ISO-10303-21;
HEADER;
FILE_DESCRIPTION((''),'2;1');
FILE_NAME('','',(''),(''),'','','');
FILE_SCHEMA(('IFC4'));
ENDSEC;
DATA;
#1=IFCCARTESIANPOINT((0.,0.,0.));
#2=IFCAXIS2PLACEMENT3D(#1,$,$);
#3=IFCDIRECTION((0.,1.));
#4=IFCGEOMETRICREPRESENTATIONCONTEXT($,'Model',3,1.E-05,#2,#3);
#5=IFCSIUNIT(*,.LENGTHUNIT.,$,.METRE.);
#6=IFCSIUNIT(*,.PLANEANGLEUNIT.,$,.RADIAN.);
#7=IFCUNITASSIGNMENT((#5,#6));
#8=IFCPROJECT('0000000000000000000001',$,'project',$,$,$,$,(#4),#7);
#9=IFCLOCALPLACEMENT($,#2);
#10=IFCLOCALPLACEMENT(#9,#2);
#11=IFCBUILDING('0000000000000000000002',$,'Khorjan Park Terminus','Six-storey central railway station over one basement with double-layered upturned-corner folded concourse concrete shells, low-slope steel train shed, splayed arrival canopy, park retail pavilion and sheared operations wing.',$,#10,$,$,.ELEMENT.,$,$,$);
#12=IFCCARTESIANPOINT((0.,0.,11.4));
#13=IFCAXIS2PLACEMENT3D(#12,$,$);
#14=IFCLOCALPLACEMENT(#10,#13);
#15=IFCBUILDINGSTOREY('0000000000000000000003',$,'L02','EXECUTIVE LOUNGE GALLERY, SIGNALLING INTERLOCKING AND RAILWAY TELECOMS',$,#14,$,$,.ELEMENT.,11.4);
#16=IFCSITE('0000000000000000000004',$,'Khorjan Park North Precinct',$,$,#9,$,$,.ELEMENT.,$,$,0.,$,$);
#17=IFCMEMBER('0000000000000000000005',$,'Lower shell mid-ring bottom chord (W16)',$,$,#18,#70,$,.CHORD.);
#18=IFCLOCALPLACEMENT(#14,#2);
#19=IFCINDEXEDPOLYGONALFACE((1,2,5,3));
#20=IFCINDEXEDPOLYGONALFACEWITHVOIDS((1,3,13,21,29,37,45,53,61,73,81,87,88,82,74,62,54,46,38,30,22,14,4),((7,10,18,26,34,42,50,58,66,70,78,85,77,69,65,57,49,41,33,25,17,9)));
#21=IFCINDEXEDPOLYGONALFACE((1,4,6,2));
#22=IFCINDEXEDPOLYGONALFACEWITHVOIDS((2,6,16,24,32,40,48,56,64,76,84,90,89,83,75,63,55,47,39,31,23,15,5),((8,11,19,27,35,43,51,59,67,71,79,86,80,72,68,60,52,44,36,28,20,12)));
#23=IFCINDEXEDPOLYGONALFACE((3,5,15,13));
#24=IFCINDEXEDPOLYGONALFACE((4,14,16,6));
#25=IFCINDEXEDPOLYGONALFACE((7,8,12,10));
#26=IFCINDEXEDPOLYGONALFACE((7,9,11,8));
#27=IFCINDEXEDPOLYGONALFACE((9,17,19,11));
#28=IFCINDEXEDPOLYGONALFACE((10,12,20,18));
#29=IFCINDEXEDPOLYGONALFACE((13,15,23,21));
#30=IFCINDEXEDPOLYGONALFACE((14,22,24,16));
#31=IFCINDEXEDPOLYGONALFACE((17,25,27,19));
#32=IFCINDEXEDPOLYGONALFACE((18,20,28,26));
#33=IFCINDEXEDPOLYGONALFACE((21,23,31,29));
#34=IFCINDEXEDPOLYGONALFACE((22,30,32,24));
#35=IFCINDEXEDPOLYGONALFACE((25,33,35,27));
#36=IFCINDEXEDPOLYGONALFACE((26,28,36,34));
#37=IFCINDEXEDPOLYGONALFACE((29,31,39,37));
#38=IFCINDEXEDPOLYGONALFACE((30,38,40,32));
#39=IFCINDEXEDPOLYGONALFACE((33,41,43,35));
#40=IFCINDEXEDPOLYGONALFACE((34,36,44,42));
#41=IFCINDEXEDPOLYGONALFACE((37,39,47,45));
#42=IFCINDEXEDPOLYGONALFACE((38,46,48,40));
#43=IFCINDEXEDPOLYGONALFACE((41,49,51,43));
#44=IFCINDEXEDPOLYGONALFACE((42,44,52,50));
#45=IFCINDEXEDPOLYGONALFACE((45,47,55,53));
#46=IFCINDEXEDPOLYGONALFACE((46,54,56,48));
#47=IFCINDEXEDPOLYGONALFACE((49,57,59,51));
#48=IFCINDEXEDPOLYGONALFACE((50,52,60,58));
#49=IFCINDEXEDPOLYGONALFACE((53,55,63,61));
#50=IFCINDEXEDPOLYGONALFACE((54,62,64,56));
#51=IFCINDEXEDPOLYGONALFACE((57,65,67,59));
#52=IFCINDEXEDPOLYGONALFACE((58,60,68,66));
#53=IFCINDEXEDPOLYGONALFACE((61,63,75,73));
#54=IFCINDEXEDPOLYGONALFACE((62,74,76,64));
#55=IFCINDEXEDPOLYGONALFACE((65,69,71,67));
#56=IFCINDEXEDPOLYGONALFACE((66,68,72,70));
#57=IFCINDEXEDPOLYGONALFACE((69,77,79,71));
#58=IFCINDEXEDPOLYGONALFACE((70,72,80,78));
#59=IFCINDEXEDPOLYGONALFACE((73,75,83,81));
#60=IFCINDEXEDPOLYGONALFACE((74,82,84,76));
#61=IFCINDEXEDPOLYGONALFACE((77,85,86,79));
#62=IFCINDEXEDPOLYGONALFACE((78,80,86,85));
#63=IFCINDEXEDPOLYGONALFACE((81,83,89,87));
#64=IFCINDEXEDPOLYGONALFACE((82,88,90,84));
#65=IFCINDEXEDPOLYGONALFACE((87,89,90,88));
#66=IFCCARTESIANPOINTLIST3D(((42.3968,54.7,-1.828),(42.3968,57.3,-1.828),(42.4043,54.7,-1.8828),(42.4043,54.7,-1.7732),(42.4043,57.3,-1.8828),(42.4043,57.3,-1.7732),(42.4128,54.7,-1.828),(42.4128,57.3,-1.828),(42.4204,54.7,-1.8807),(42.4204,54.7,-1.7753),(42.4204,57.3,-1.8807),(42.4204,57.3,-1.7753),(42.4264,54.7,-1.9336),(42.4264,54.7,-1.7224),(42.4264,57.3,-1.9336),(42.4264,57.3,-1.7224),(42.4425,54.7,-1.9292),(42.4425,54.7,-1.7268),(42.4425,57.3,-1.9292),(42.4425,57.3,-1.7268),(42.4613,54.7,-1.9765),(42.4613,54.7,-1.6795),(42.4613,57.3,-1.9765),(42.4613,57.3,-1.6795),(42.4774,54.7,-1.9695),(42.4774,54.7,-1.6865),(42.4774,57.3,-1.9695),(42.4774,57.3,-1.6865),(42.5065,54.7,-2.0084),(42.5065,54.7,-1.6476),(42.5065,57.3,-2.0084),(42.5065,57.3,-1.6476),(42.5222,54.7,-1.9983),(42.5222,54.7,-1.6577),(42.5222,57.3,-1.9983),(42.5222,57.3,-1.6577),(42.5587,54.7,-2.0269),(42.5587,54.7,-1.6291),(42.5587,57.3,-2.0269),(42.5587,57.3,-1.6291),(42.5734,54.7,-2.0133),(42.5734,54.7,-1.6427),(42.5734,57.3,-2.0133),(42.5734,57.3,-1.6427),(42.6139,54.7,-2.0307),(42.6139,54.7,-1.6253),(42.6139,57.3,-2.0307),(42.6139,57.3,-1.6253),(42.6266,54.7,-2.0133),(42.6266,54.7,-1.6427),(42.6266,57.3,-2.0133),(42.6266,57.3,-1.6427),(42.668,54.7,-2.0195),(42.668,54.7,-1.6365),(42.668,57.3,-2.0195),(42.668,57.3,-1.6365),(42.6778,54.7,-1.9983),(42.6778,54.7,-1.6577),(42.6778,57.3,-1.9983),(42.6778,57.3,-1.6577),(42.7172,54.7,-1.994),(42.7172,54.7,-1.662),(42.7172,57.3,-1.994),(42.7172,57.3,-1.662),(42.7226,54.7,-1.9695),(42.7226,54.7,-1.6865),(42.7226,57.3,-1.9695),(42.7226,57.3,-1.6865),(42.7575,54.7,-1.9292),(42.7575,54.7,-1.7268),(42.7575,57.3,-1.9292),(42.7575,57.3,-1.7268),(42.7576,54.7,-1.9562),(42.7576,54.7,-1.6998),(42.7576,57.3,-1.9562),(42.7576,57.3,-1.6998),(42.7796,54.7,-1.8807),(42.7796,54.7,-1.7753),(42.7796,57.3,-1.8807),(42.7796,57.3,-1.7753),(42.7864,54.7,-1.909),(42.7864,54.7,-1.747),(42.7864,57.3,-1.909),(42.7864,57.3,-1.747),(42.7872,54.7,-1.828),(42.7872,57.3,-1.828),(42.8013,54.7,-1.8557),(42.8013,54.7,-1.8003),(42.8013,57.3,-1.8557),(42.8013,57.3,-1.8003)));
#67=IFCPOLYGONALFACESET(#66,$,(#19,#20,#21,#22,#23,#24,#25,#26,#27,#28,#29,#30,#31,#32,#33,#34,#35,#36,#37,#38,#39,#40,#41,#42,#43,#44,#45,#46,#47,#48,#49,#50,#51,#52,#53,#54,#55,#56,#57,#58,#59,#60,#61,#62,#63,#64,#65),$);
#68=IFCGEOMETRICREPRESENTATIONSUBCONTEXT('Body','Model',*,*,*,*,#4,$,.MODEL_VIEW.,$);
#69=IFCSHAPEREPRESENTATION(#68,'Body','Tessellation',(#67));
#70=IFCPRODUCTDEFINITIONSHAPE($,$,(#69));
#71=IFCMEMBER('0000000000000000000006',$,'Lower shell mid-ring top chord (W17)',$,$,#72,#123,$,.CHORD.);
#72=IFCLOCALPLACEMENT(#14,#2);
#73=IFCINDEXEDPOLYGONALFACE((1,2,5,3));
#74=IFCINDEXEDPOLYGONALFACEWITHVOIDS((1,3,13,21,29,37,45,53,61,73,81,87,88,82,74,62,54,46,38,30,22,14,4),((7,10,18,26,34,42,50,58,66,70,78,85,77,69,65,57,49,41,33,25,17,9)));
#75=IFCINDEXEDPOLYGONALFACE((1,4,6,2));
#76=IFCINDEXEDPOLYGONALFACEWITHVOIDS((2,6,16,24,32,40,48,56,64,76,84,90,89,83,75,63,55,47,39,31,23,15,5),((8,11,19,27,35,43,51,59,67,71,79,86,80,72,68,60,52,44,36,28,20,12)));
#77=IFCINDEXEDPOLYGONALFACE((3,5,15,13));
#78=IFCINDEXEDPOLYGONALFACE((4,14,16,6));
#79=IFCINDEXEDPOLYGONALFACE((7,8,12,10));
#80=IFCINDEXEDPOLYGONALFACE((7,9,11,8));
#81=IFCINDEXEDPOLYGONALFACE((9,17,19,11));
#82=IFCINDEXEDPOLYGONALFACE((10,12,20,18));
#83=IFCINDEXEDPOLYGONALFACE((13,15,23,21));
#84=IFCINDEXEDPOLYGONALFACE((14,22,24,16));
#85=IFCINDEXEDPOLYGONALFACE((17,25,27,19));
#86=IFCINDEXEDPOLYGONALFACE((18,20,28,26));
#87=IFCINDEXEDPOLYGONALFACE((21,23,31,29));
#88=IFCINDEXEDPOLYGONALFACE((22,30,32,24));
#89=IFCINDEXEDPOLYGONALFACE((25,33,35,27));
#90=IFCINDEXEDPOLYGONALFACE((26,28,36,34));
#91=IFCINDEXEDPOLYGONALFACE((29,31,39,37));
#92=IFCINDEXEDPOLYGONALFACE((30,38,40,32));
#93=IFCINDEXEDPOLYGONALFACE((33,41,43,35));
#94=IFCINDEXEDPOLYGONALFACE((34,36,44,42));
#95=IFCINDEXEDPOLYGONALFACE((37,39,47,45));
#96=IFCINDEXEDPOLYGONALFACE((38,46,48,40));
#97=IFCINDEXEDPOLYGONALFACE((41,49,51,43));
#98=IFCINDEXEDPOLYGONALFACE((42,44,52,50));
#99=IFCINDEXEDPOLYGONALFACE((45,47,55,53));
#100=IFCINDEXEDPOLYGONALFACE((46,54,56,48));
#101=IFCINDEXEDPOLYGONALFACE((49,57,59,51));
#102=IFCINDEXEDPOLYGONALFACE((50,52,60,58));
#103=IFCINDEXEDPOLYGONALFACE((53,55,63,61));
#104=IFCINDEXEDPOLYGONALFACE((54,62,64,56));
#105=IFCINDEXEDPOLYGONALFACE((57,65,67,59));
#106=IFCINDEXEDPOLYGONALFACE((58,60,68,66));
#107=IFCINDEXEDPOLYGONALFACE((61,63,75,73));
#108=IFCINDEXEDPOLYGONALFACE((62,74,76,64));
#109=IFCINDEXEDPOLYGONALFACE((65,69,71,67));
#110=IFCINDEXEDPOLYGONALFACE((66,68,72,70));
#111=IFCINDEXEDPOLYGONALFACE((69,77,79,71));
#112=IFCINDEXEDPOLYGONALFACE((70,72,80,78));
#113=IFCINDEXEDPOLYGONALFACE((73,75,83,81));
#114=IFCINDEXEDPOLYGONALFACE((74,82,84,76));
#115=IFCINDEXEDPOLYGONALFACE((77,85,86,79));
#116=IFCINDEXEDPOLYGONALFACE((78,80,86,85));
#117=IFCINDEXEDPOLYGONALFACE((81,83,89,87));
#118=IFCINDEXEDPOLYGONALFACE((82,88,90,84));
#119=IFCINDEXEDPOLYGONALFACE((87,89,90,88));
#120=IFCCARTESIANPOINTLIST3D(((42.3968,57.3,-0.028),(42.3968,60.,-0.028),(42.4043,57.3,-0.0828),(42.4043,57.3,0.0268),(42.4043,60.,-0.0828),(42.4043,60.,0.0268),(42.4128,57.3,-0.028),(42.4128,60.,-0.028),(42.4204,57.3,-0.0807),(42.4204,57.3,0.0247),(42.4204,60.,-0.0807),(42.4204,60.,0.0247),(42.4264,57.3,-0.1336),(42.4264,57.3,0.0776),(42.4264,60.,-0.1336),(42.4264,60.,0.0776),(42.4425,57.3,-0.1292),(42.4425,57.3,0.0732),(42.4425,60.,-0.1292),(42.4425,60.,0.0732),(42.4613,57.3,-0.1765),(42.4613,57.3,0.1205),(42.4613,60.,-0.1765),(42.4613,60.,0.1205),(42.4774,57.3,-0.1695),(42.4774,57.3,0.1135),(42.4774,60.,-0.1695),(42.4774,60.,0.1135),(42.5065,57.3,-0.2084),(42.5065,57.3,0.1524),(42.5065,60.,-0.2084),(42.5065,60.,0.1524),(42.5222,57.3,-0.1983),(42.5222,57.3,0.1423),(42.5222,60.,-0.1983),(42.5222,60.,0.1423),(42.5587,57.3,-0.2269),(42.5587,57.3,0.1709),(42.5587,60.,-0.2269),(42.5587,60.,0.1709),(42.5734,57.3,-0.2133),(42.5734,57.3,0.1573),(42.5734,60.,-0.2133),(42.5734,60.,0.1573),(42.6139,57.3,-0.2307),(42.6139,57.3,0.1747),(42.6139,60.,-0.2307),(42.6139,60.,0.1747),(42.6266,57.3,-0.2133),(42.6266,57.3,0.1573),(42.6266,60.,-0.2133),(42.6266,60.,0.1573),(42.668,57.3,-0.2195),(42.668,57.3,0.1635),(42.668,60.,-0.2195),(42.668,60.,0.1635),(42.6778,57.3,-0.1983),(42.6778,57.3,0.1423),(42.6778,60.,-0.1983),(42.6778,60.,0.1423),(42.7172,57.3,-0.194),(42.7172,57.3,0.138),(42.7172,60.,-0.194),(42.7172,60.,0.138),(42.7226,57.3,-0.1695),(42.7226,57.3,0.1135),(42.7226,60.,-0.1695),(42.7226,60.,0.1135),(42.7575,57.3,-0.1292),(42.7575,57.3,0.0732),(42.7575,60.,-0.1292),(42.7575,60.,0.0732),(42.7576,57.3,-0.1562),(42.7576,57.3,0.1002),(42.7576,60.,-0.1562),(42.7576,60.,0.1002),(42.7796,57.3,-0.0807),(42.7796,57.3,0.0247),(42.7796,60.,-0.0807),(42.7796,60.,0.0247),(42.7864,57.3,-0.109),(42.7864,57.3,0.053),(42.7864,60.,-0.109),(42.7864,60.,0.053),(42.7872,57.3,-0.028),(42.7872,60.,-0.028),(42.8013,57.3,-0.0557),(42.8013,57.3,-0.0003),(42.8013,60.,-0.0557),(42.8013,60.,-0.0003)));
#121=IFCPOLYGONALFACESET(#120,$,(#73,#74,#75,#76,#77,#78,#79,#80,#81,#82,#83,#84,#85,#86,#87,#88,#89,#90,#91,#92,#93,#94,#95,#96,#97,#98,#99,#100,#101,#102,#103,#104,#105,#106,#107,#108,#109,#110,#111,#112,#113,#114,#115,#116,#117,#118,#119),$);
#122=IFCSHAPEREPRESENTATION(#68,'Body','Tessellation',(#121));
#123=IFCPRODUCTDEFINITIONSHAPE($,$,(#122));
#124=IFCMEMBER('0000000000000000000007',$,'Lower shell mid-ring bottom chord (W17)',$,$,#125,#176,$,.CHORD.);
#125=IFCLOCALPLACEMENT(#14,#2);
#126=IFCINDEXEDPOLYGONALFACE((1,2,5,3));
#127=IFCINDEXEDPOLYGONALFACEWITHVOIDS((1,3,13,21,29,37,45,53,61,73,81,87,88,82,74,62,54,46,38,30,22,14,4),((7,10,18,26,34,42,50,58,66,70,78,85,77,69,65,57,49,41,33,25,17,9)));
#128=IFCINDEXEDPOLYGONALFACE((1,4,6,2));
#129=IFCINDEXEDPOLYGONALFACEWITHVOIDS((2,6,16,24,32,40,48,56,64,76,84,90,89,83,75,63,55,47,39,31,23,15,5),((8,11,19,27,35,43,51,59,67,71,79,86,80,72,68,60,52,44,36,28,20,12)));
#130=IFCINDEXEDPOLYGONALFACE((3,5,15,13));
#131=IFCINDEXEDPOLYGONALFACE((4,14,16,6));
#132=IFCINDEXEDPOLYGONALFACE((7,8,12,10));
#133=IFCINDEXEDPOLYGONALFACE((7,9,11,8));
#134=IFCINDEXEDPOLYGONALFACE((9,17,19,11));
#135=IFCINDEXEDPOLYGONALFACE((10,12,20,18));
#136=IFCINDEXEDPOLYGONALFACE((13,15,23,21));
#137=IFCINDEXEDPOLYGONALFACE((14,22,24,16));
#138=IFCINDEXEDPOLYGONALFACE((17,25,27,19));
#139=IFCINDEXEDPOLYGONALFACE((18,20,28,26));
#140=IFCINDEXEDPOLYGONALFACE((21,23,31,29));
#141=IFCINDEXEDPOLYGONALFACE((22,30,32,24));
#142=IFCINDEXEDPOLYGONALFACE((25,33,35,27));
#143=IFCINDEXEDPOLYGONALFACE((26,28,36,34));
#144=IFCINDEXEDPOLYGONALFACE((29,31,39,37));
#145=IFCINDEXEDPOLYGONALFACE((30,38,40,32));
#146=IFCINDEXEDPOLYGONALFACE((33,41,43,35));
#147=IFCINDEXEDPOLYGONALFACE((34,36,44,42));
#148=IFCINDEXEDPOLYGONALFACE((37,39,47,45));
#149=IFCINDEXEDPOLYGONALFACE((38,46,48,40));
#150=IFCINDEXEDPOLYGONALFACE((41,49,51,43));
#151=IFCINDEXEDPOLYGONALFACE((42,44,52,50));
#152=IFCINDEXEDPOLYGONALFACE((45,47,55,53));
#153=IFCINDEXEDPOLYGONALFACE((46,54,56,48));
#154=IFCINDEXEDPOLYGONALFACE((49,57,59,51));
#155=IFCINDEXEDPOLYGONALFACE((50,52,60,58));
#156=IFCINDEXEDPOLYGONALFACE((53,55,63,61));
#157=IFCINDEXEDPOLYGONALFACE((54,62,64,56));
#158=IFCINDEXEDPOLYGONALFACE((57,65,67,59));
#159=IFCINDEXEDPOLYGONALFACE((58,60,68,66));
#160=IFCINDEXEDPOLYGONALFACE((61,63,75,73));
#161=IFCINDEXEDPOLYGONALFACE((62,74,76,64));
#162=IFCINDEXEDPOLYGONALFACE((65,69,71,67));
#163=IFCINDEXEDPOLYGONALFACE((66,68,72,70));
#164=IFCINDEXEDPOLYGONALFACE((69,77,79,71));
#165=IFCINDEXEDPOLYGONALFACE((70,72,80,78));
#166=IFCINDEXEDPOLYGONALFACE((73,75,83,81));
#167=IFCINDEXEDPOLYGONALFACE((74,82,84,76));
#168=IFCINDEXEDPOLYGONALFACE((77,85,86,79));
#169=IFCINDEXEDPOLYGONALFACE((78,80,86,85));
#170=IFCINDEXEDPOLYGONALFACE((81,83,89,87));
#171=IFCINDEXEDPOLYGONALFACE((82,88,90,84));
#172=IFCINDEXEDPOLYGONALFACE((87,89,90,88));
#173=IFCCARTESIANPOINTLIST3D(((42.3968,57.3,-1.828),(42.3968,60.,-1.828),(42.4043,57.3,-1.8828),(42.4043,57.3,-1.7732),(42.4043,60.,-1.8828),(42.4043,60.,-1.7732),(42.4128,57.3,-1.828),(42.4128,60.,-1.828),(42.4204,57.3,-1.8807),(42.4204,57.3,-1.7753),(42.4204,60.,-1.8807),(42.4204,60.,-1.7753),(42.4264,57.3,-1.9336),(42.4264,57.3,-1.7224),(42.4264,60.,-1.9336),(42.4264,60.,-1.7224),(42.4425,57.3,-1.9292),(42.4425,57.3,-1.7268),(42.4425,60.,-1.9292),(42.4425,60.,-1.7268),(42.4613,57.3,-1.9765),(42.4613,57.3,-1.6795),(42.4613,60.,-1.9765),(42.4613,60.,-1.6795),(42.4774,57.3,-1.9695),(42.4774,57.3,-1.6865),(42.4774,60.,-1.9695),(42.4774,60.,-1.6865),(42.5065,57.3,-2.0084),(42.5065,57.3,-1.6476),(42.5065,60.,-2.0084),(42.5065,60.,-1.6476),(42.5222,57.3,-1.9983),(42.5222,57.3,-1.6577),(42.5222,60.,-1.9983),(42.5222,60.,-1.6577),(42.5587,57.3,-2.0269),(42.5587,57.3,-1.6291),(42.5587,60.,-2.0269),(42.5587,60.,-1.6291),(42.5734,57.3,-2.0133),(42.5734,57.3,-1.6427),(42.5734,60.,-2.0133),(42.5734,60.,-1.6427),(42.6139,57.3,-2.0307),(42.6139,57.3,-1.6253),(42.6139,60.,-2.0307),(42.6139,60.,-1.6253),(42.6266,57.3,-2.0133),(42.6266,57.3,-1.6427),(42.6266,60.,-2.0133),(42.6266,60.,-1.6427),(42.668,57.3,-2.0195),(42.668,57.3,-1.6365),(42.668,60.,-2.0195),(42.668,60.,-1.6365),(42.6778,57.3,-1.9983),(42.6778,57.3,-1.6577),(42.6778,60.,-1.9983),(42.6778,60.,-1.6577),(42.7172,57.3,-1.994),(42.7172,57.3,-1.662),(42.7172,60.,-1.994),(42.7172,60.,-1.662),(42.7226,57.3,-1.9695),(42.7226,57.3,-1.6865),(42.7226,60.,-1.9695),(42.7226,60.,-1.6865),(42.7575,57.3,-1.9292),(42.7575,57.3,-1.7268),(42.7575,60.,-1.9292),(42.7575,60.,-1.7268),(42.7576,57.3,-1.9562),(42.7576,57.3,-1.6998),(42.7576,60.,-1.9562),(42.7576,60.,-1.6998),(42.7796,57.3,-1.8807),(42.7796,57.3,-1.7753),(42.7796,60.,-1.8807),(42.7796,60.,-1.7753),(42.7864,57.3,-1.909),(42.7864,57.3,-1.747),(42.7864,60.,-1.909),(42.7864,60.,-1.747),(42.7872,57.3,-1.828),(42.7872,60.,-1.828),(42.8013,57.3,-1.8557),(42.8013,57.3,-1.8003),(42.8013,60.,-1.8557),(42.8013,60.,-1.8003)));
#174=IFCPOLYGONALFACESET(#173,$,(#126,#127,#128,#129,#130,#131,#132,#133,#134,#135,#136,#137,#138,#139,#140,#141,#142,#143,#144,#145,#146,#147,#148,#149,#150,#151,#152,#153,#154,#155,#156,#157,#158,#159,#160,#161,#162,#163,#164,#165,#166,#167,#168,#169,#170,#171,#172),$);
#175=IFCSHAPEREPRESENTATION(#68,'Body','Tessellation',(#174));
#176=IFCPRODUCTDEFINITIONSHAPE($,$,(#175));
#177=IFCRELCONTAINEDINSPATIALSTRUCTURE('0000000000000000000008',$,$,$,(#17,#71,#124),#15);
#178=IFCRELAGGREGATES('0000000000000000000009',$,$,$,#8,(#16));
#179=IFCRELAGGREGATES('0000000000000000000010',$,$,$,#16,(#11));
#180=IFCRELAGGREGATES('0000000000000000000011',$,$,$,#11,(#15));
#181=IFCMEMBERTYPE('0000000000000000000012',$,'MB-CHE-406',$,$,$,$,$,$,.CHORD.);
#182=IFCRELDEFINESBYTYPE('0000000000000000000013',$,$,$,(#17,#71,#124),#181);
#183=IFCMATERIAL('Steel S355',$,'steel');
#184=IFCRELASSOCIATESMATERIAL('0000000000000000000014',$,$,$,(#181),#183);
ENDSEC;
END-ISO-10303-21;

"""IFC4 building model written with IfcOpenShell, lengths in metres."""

from ifc_helpers import new_model, si_unit, direction, frame, origin, origin_2d, place, context, subcontext, project, spatial, hollow_circle, extrude, material, material_profile, profile_set, type_object, element, save


model = new_model("IFC4")

# Units and contexts
model_context = context("Model", 3, precision=1e-05, world=origin(), true_north=direction((0.0, 1.0)))
body_context = subcontext(model_context, "Body", "Model", "MODEL_VIEW")
ifc_project = project(units=[si_unit("LENGTHUNIT", "METRE"), si_unit("PLANEANGLEUNIT", "RADIAN")], contexts=[model_context])

# Site, building, storey
site_placement = place(None, origin())
site = spatial("IfcSite", under=ifc_project, at=site_placement, Name="Khorjan Park North Precinct", CompositionType="ELEMENT", RefElevation=0.0)
building_placement = place(site_placement, origin())
building = spatial("IfcBuilding", under=site, at=building_placement, Name="Khorjan Park Terminus", Description="Six-storey central railway station over one basement with double-layered upturned-corner folded concourse concrete shells, low-slope steel train shed, splayed arrival canopy, park retail pavilion and sheared operations wing.", CompositionType="ELEMENT")
storey_placement = place(building_placement, frame((0.0, 0.0, 11.4)))
storey = spatial("IfcBuildingStorey", under=building, at=storey_placement, Name="L02", Description="EXECUTIVE LOUNGE GALLERY, SIGNALLING INTERLOCKING AND RAILWAY TELECOMS", CompositionType="ELEMENT", Elevation=11.4)

# Members
ifc_material_1 = material(Name="Steel S355", Category="steel")
ifc_material_profile_1 = material_profile(ifc_material_1, hollow_circle(Radius=0.2032, WallThickness=0.016, at=origin_2d()), Name="CHS 406.4x16")
ifc_profile_set_1 = profile_set([ifc_material_profile_1], Name="Steel S355")
member_type_1 = type_object("IfcMemberType", Name="MB-CHE-406", PredefinedType="CHORD", material=ifc_profile_set_1)
for number, where, z_axis, x_axis, name in (
    (1, (42.6, 54.7, -1.828), (0.0, 1.0, 0.0), (-1.0, 0.0, 0.0), "Lower shell mid-ring bottom chord (W16)"),
):
    element("IfcMember", number, at=place(storey_placement, frame(where, z_axis=z_axis, x_axis=x_axis)), inside=storey, type_object=member_type_1, Name=name, PredefinedType="CHORD", context=body_context, shape_type="SweptSolid", body=[
        extrude(hollow_circle(Radius=0.2032, WallThickness=0.016, at=origin_2d()), origin(), (0.0, 0.0, 1.0), 2.6),
    ])
for number, where, z_axis, x_axis, name in (
    (2, (42.6, 57.3, -0.028), (0.0, 1.0, 0.0), (-1.0, 0.0, 0.0), "Lower shell mid-ring top chord (W17)"),
    (3, (42.6, 57.3, -1.828), (0.0, 1.0, 0.0), (-1.0, 0.0, 0.0), "Lower shell mid-ring bottom chord (W17)"),
):
    element("IfcMember", number, at=place(storey_placement, frame(where, z_axis=z_axis, x_axis=x_axis)), inside=storey, type_object=member_type_1, Name=name, PredefinedType="CHORD", context=body_context, shape_type="SweptSolid", body=[
        extrude(hollow_circle(Radius=0.2032, WallThickness=0.016, at=origin_2d()), origin(), (0.0, 0.0, 1.0), 2.7),
    ])

save(model, "model.ifc")
